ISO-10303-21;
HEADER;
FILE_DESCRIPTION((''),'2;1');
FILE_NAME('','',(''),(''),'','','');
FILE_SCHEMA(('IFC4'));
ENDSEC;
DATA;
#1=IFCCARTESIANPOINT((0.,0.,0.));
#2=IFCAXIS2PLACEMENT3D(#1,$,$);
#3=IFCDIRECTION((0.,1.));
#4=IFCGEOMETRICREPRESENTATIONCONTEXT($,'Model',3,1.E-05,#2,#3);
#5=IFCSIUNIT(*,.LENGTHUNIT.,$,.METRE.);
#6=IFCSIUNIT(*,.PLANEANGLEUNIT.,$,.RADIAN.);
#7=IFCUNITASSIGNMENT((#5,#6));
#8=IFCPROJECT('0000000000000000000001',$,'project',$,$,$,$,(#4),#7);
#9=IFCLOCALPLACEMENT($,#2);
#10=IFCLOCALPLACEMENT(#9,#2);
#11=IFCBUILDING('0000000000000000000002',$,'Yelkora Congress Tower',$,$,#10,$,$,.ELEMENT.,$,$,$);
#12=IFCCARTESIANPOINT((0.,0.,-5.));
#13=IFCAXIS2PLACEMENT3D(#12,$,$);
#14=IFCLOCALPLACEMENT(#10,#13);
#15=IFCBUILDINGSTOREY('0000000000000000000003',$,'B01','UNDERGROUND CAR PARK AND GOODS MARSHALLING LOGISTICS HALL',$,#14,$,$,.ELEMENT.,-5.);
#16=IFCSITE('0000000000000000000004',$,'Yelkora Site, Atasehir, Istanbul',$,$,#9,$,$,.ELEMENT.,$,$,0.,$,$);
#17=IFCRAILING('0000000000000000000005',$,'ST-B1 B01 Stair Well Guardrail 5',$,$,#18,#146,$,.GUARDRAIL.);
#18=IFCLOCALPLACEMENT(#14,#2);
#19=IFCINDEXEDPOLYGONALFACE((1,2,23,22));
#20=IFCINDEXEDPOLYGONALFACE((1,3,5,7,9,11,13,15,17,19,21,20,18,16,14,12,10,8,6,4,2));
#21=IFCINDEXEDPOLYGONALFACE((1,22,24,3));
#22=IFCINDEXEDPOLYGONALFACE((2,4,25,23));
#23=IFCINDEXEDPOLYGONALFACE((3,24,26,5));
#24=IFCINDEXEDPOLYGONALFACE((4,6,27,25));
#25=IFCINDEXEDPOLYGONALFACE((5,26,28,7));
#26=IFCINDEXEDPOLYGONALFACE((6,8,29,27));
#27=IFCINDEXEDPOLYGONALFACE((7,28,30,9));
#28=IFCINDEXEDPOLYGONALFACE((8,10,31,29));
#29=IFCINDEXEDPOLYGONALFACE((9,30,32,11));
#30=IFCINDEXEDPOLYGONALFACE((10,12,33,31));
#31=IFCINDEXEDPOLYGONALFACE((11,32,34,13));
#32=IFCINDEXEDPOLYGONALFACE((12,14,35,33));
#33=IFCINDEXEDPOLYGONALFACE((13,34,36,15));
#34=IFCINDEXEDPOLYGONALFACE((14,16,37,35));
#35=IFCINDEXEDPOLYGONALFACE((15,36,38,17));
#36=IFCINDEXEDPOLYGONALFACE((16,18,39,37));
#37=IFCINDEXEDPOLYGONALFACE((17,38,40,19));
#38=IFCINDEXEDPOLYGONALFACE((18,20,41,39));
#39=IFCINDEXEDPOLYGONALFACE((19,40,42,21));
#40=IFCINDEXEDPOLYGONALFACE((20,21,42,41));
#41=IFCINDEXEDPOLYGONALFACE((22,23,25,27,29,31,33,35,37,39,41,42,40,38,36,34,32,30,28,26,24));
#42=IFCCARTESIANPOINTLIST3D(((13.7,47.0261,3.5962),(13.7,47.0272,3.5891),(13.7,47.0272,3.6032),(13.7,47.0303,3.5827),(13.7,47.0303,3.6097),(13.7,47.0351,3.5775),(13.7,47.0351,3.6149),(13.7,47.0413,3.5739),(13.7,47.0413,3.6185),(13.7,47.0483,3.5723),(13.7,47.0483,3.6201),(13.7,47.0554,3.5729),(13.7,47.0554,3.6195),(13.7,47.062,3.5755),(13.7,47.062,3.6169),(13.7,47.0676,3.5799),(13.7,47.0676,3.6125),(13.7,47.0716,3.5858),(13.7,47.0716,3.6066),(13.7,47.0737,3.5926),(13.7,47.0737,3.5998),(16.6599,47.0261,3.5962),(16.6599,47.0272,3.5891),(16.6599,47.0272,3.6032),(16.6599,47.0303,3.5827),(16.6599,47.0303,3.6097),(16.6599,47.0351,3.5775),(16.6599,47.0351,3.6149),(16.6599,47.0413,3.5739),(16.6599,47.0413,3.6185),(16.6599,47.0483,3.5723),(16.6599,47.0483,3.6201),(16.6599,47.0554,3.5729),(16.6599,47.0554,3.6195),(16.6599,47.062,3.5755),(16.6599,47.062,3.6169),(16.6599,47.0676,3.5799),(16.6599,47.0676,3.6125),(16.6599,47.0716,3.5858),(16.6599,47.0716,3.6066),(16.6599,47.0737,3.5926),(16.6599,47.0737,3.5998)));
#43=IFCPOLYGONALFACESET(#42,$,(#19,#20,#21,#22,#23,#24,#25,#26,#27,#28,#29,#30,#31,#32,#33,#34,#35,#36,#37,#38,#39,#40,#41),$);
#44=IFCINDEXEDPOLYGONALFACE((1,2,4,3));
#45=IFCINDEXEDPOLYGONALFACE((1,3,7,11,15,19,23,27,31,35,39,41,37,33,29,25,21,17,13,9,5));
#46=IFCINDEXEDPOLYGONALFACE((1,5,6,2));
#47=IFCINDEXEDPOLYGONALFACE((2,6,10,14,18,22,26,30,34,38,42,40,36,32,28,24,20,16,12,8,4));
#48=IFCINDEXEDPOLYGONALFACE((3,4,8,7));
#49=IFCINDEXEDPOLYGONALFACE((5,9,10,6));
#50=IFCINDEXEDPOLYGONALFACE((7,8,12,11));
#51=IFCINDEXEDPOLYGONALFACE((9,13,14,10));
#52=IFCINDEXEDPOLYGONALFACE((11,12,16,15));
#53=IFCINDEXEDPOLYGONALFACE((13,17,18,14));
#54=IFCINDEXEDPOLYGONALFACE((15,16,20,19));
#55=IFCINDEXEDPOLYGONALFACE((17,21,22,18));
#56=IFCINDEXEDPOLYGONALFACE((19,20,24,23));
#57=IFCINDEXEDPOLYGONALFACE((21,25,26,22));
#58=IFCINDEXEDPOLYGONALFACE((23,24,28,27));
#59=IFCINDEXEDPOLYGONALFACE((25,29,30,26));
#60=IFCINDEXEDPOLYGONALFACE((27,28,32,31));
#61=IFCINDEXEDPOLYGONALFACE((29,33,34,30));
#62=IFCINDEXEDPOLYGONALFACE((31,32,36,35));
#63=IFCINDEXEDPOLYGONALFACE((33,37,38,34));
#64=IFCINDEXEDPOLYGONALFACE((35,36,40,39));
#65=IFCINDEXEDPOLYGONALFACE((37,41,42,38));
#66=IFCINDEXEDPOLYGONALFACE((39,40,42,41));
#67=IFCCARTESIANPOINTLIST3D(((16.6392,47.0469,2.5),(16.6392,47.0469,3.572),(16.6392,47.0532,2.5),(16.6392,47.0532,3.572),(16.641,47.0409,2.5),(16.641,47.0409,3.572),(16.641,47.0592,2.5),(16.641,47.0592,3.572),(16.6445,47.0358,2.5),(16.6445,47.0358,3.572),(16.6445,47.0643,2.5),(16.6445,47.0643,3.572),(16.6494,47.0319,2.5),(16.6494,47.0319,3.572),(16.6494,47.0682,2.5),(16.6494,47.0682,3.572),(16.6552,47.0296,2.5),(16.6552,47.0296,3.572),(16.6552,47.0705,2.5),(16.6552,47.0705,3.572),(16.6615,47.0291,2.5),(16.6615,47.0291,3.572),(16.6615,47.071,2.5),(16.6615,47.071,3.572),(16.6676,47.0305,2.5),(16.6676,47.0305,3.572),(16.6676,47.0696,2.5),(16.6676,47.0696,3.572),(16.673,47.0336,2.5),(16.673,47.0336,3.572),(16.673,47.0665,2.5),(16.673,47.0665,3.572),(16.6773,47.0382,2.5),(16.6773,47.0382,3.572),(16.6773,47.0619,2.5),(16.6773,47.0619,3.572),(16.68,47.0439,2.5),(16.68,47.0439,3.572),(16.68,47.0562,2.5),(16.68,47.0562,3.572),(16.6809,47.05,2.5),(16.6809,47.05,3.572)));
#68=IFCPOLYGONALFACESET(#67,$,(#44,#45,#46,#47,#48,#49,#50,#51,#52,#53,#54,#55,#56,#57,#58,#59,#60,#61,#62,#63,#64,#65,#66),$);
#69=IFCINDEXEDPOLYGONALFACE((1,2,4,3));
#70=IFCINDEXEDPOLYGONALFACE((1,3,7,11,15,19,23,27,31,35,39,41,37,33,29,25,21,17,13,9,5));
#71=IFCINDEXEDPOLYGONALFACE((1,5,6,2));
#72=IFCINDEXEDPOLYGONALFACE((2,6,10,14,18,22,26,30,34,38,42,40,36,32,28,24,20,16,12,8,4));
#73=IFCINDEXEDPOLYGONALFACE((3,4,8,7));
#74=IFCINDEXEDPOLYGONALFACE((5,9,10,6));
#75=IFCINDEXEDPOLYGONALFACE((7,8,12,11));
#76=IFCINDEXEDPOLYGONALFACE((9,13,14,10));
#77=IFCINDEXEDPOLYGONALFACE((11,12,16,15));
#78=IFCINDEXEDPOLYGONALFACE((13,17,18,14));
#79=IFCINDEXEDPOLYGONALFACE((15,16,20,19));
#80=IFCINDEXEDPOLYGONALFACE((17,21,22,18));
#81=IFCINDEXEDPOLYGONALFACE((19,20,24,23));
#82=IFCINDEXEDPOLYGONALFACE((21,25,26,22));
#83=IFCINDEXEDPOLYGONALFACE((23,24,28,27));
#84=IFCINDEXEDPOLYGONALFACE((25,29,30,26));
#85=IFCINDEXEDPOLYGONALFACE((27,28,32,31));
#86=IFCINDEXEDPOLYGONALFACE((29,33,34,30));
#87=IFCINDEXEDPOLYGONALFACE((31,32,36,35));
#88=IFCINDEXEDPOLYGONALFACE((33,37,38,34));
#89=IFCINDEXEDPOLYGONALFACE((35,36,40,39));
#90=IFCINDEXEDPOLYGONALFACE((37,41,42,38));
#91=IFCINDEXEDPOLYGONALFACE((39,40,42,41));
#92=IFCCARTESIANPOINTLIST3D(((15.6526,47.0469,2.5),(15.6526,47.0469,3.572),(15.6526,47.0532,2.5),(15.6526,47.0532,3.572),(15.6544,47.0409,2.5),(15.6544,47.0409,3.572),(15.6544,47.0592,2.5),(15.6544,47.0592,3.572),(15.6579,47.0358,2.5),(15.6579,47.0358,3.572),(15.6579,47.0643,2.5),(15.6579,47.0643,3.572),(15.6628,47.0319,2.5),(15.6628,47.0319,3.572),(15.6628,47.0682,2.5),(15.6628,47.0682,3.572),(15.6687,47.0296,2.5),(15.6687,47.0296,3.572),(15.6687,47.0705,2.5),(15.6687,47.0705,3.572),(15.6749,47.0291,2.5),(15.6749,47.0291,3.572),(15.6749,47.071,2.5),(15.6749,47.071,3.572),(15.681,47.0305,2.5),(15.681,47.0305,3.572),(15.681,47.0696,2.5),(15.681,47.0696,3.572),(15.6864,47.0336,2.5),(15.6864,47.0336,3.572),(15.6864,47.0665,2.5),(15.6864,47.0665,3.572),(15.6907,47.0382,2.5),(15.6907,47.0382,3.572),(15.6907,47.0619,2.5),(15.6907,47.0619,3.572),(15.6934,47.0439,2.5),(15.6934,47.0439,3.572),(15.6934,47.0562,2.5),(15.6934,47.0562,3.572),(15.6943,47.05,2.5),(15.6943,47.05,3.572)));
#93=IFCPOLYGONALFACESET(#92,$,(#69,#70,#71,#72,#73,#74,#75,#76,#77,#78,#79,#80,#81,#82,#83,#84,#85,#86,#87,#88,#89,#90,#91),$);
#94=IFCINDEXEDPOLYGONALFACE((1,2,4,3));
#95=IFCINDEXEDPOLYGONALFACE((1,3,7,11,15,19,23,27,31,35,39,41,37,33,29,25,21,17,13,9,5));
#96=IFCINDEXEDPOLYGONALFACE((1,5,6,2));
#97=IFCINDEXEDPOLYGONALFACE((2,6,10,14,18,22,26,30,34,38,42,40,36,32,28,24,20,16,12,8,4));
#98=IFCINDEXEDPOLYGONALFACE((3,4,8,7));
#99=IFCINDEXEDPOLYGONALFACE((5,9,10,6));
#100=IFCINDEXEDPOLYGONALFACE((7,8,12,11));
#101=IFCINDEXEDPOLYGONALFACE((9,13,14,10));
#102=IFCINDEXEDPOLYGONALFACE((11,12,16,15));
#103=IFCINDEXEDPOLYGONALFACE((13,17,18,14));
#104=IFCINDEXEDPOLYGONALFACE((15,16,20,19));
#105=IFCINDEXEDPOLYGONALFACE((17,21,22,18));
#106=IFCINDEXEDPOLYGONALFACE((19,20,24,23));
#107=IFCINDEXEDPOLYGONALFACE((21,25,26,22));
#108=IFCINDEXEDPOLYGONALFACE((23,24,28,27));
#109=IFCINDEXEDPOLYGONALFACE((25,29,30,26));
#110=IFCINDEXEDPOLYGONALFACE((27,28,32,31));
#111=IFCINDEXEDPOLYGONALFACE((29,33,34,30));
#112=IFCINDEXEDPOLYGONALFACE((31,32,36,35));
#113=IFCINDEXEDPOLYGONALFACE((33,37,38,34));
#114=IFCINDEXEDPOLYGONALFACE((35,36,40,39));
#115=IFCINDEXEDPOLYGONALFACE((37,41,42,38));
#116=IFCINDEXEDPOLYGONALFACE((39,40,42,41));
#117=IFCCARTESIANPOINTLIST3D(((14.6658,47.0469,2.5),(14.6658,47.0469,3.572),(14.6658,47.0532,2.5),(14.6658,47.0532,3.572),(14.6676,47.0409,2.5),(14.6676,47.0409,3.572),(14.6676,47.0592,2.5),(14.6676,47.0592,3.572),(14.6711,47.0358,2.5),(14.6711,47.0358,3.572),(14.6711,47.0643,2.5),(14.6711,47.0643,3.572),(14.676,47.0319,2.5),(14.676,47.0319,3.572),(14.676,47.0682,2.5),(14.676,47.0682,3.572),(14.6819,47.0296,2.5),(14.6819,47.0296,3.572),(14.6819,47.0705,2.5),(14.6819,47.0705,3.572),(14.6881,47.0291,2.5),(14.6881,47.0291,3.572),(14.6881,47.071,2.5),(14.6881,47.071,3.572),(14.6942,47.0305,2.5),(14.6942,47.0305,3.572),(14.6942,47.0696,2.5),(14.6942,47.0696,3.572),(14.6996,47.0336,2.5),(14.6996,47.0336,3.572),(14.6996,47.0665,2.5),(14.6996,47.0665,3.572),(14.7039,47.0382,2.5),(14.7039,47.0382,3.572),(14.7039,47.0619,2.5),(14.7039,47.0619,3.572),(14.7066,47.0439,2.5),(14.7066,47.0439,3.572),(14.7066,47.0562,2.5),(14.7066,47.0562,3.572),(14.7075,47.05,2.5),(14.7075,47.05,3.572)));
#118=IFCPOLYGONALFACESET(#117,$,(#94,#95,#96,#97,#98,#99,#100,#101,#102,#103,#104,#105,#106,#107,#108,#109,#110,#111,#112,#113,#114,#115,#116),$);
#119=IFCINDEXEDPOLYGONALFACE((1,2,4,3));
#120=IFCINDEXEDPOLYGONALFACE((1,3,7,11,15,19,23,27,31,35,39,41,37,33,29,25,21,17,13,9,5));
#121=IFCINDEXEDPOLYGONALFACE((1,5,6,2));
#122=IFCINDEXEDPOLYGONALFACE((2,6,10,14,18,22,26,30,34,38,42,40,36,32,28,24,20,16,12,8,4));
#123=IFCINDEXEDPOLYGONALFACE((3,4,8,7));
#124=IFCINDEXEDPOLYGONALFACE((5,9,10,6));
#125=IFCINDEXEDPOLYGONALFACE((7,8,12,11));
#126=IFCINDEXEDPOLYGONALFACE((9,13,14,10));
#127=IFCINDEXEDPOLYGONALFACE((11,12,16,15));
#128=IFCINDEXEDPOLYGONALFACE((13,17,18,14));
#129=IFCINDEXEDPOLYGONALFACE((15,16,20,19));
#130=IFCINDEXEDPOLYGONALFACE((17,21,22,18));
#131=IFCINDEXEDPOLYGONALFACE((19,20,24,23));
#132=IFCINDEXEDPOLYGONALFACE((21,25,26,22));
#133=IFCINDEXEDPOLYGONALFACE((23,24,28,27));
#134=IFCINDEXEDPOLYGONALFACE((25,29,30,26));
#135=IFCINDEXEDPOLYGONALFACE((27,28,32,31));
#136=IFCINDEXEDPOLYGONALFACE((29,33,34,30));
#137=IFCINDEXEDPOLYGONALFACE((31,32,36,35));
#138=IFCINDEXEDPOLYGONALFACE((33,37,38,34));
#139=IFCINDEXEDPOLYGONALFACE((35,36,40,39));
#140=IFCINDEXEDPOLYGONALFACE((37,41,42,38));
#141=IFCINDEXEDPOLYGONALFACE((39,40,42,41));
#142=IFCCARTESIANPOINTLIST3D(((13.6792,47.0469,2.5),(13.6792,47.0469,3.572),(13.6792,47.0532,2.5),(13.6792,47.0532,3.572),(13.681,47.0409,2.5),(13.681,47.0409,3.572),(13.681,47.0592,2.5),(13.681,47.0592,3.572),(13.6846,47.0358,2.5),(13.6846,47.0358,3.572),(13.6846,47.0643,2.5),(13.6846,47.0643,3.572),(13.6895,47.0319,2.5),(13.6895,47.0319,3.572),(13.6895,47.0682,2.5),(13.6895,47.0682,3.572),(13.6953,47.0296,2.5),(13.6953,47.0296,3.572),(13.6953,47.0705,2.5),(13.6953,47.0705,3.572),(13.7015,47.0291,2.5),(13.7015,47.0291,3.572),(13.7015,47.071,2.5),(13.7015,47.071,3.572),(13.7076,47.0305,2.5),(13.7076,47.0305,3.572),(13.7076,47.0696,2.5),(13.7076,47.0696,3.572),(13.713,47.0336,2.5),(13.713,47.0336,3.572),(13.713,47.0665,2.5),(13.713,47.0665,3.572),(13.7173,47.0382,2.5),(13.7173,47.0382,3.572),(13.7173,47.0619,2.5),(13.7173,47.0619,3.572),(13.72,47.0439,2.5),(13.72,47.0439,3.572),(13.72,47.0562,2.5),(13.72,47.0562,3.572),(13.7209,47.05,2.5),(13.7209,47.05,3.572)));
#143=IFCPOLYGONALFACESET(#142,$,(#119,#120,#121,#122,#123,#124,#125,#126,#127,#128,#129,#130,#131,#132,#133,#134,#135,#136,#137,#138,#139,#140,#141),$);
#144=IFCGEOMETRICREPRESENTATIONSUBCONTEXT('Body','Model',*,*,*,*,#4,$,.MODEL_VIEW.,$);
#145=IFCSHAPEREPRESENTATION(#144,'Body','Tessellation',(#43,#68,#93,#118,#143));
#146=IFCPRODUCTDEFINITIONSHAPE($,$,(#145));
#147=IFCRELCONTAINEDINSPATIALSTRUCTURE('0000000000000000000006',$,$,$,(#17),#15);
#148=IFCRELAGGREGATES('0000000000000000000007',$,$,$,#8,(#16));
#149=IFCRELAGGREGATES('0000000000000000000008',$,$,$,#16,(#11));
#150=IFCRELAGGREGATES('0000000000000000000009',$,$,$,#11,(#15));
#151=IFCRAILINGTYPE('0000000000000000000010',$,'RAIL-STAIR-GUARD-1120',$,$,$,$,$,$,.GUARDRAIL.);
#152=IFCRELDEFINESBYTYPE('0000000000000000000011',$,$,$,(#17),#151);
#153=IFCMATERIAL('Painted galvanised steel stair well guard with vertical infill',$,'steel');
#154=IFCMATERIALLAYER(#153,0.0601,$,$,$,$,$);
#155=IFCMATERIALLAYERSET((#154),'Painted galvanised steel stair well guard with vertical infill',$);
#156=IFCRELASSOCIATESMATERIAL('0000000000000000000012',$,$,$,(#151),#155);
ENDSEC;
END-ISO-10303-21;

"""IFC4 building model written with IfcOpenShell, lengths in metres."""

from ifc_helpers import new_model, si_unit, direction, frame, origin, origin_2d, place, context, subcontext, project, spatial, circle, extrude, material, layer, layer_set, type_object, element, save


model = new_model("IFC4")

# Units and contexts
model_context = context("Model", 3, precision=1e-05, world=origin(), true_north=direction((0.0, 1.0)))
body_context = subcontext(model_context, "Body", "Model", "MODEL_VIEW")
ifc_project = project(units=[si_unit("LENGTHUNIT", "METRE"), si_unit("PLANEANGLEUNIT", "RADIAN")], contexts=[model_context])

# Site, building, storey
site_placement = place(None, origin())
site = spatial("IfcSite", under=ifc_project, at=site_placement, Name="Yelkora Site, Atasehir, Istanbul", CompositionType="ELEMENT", RefElevation=0.0)
building_placement = place(site_placement, origin())
building = spatial("IfcBuilding", under=site, at=building_placement, Name="Yelkora Congress Tower", CompositionType="ELEMENT")
storey_placement = place(building_placement, frame((0.0, 0.0, -5.0)))
storey = spatial("IfcBuildingStorey", under=building, at=storey_placement, Name="B01", Description="UNDERGROUND CAR PARK AND GOODS MARSHALLING LOGISTICS HALL", CompositionType="ELEMENT", Elevation=-5.0)

# Railing
ifc_material_1 = material(Name="Painted galvanised steel stair well guard with vertical infill", Category="steel")
ifc_layer_1 = layer(ifc_material_1, 0.0601)
ifc_layer_set_1 = layer_set([ifc_layer_1], Name="Painted galvanised steel stair well guard with vertical infill")
railing_type_1 = type_object("IfcRailingType", Name="RAIL-STAIR-GUARD-1120", PredefinedType="GUARDRAIL", material=ifc_layer_set_1)
railing_1_placement = place(storey_placement, frame((16.6599, 47.05, 2.5)))
element("IfcRailing", 1, at=railing_1_placement, inside=storey, type_object=railing_type_1, Name="ST-B1 B01 Stair Well Guardrail 5", PredefinedType="GUARDRAIL", context=body_context, shape_type="SweptSolid", body=[
    extrude(circle(Radius=0.0239, at=origin_2d()), frame((0.0, 0.0, 1.0962), z_axis=(-1.0, 0.0, 0.0), x_axis=(0.0, -1.0, 0.0)), (0.0, 0.0, 1.0), 2.96),
    extrude(circle(Radius=0.021, at=origin_2d()), origin(), (0.0, 0.0, 1.0), 1.072),
    extrude(circle(Radius=0.021, at=origin_2d()), frame((-0.9866, 0.0, 0.0)), (0.0, 0.0, 1.0), 1.072),
    extrude(circle(Radius=0.021, at=origin_2d()), frame((-1.9734, 0.0, 0.0)), (0.0, 0.0, 1.0), 1.072),
    extrude(circle(Radius=0.021, at=origin_2d()), frame((-2.96, 0.0, 0.0)), (0.0, 0.0, 1.0), 1.072),
])

save(model, "model.ifc")
